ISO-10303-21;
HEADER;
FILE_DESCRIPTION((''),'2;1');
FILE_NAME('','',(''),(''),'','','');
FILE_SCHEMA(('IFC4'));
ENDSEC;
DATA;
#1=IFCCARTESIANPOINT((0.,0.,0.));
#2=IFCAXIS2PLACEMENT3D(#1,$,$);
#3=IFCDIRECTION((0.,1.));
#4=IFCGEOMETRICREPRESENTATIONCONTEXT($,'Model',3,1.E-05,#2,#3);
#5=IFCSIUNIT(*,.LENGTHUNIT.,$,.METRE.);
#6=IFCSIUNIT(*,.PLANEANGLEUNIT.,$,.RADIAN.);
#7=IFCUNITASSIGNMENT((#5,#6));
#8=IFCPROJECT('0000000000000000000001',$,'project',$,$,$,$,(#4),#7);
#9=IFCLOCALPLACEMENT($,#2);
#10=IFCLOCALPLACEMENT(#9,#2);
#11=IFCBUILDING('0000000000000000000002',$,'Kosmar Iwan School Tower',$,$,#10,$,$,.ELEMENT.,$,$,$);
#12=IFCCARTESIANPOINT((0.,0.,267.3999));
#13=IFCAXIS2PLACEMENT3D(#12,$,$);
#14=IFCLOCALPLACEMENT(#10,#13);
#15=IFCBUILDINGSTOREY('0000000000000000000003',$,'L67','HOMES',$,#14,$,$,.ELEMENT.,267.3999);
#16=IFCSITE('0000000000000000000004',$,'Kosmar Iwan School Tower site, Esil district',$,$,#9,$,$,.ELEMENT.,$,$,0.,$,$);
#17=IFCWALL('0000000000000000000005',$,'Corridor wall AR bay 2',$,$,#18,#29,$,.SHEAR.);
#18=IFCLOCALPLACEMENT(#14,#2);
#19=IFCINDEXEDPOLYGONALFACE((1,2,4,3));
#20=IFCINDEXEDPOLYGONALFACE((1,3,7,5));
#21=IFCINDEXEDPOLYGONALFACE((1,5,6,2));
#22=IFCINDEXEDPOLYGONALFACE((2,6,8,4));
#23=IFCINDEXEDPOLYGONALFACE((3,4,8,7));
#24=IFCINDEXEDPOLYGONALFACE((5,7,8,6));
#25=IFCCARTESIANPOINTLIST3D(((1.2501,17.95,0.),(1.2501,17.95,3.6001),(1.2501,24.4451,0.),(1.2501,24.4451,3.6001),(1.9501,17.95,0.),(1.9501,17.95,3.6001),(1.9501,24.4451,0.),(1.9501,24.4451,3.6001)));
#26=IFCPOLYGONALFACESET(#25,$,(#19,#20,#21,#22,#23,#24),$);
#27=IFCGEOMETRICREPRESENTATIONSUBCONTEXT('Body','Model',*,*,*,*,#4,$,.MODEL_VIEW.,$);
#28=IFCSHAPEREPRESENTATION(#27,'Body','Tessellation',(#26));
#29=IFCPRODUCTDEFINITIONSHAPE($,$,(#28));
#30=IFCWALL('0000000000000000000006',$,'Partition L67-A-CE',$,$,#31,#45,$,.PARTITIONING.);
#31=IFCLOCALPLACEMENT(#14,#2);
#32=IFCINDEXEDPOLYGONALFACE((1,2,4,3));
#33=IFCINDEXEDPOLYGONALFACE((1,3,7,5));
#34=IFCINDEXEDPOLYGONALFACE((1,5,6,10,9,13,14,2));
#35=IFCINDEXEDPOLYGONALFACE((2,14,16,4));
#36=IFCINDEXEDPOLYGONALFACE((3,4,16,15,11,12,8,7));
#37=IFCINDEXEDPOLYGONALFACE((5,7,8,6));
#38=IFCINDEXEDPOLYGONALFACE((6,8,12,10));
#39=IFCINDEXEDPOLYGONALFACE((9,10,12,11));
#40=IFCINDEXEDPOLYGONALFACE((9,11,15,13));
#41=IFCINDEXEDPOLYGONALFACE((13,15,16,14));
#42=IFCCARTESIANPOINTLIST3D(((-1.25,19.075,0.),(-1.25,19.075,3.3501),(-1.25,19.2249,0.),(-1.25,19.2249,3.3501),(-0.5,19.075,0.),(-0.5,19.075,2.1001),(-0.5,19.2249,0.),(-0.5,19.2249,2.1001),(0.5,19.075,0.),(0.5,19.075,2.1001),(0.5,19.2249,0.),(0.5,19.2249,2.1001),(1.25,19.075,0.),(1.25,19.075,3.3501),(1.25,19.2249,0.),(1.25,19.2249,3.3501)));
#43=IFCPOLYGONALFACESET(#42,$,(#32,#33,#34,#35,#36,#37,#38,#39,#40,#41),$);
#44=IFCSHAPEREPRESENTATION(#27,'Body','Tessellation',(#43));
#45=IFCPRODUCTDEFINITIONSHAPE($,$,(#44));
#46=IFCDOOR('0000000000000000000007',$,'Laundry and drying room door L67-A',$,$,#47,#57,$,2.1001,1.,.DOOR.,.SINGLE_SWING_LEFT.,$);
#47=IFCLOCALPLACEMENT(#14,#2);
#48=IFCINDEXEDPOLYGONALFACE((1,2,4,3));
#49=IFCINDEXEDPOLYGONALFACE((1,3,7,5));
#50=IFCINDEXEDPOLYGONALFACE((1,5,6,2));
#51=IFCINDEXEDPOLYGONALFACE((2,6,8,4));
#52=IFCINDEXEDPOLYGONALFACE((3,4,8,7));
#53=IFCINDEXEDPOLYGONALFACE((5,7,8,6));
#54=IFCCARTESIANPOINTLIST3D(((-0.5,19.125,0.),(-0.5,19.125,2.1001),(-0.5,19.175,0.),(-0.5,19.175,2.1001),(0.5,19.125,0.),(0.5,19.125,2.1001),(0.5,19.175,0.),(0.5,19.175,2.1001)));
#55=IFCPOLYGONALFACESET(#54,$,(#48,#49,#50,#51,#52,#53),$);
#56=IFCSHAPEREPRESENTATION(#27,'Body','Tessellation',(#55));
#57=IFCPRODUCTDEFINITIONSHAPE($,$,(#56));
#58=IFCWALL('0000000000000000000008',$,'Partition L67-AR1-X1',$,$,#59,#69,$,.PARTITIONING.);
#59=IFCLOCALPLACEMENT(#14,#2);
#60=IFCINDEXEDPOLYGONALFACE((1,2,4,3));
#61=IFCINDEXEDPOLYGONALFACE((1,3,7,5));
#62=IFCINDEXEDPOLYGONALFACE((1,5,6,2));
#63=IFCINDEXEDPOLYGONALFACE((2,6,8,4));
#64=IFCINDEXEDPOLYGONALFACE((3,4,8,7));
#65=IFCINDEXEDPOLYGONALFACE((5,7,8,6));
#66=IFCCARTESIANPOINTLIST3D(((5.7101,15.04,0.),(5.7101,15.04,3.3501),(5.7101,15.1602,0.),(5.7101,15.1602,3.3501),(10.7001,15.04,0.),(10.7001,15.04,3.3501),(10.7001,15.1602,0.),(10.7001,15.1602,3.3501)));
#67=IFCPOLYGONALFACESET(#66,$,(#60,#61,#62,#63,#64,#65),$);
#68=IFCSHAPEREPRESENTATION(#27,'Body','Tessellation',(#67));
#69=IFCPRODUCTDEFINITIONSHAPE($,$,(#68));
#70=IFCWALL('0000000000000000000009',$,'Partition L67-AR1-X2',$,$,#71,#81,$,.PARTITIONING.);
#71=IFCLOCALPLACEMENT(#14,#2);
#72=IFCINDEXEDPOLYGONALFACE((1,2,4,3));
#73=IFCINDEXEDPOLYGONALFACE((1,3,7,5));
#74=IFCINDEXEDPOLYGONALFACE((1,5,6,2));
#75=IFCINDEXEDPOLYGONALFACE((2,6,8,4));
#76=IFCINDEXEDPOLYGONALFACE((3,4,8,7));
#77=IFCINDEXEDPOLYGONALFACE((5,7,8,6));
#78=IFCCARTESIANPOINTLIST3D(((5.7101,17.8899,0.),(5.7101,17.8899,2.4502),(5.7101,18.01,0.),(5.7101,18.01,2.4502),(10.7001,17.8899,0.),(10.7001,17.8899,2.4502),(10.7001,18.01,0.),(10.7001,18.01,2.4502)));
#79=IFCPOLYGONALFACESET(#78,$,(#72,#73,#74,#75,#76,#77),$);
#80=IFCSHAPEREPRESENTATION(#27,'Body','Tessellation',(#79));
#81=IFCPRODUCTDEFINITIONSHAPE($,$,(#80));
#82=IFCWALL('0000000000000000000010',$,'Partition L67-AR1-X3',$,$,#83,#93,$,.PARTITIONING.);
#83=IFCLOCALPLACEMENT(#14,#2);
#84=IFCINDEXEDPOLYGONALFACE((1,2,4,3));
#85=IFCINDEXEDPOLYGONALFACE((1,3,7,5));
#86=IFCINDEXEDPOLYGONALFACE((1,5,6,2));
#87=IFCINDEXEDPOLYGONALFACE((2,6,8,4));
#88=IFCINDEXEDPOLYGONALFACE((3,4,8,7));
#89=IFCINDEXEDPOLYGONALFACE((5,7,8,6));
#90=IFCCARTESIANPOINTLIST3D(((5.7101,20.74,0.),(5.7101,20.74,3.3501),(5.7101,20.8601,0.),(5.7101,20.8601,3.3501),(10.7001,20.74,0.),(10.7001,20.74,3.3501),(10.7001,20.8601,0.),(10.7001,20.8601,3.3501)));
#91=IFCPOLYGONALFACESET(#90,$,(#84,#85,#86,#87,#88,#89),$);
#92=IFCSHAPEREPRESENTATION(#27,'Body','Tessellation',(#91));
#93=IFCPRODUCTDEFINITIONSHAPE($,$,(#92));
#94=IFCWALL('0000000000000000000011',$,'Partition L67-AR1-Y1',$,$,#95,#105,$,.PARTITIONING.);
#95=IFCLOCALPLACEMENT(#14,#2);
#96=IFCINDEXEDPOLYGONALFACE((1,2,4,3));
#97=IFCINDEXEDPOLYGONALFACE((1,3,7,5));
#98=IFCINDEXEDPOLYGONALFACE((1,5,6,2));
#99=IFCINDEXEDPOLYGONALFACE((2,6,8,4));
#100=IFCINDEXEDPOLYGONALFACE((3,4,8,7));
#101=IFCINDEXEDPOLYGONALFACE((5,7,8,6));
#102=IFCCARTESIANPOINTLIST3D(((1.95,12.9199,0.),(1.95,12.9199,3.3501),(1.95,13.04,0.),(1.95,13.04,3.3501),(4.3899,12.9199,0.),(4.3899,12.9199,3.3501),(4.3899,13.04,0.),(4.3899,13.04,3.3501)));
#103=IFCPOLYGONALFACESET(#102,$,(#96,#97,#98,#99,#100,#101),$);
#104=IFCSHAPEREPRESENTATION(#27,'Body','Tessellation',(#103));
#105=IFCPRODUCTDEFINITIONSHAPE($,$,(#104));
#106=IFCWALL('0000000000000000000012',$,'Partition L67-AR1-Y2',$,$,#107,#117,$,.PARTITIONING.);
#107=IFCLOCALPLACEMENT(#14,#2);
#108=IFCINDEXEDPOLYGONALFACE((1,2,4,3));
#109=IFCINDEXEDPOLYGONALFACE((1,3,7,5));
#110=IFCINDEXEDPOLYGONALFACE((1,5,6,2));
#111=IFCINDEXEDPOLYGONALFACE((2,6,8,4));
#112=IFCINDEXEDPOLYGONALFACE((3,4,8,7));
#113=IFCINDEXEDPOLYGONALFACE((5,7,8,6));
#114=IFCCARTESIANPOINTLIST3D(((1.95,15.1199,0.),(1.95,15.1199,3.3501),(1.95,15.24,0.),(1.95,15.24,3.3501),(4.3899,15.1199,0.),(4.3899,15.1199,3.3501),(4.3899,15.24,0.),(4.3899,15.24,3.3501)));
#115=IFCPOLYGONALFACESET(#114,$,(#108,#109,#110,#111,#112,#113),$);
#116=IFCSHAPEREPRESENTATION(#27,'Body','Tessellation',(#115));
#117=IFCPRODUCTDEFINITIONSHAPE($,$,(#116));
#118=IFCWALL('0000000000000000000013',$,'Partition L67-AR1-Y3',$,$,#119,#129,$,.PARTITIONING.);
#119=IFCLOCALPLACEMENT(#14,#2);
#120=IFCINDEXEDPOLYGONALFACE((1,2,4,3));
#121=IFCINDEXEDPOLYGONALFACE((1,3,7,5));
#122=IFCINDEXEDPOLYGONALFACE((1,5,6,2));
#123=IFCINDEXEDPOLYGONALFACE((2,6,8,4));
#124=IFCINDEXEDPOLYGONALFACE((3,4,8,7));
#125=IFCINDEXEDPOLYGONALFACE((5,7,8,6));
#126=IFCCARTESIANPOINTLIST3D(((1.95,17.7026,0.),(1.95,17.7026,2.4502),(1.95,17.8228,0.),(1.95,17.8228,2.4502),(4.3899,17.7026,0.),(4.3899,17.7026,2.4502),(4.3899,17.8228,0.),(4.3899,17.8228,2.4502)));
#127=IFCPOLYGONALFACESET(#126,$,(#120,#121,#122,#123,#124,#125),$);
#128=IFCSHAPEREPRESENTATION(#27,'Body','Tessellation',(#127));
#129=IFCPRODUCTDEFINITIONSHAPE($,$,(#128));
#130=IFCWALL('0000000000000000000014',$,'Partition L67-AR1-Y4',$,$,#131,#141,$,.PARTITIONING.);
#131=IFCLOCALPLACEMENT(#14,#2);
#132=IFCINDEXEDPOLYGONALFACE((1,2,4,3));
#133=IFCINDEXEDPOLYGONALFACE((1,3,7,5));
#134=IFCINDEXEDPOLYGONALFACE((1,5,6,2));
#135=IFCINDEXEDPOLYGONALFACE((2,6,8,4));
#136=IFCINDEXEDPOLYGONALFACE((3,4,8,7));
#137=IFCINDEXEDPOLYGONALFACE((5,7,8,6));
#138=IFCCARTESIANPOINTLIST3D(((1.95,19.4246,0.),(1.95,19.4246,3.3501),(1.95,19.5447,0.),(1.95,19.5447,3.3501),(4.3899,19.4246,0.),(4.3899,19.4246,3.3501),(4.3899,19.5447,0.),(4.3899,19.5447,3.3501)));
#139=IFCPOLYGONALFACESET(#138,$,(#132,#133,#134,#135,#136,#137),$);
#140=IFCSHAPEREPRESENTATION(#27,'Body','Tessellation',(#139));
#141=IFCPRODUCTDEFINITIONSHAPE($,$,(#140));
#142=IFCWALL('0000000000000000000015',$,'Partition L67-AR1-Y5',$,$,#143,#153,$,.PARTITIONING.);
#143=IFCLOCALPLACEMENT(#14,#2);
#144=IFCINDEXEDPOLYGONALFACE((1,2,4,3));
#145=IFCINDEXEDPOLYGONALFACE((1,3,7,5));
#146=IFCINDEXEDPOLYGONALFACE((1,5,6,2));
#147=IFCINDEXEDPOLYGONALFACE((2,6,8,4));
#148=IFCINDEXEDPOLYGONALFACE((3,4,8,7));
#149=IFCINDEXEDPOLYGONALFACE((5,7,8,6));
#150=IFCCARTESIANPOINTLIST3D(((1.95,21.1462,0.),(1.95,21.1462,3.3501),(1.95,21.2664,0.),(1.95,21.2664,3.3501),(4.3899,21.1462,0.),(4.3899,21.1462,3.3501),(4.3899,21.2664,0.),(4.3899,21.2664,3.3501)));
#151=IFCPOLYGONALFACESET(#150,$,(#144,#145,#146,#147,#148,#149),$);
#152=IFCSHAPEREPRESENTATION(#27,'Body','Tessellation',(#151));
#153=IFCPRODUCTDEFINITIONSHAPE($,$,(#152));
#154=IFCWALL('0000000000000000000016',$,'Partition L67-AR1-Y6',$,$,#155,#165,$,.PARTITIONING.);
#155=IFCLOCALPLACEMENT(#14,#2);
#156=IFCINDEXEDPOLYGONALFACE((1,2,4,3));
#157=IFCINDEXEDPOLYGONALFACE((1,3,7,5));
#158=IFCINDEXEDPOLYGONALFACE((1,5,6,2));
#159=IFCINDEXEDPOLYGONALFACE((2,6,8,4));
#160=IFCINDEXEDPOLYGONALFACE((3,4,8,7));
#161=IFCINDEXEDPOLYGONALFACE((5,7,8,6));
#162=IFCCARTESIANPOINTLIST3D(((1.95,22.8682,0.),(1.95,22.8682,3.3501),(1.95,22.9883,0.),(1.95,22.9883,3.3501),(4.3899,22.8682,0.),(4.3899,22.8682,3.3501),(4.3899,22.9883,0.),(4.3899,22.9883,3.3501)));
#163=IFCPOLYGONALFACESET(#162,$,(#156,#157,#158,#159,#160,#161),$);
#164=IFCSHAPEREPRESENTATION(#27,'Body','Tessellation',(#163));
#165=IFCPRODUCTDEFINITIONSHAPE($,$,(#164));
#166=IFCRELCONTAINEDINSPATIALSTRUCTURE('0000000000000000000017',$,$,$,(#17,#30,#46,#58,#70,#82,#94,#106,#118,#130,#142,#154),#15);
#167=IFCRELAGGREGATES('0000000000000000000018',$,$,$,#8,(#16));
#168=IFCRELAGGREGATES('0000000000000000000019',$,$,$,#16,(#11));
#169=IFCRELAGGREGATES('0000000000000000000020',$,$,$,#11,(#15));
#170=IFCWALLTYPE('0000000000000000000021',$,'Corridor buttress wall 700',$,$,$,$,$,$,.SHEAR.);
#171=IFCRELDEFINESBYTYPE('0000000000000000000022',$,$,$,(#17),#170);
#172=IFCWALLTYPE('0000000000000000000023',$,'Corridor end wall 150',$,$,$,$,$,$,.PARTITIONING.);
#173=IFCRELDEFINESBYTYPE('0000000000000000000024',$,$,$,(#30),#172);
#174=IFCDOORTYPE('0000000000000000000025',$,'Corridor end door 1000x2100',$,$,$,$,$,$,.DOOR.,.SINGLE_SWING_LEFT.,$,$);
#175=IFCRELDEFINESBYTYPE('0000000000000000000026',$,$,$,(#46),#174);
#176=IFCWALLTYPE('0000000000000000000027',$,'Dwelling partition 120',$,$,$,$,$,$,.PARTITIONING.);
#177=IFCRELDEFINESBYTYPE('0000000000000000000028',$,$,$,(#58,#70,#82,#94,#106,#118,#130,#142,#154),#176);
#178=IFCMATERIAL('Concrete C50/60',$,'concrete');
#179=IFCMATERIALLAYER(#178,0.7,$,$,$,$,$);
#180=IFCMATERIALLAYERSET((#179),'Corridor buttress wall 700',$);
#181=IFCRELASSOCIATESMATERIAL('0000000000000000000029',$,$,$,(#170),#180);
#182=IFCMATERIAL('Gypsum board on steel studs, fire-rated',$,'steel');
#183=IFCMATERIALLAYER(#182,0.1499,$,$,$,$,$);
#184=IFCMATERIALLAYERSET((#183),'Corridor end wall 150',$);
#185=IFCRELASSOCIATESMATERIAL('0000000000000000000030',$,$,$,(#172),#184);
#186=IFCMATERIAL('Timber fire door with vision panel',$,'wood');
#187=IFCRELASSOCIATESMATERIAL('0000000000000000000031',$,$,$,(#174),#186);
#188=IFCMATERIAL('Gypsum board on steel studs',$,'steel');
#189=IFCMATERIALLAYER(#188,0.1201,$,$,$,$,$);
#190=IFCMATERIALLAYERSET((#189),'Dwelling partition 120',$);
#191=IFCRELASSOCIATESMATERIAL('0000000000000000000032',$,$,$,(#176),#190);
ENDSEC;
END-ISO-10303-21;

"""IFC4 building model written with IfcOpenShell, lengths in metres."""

from ifc_helpers import new_model, si_unit, direction, frame, frame_2d, origin, place, context, subcontext, project, spatial, rectangle, extrude, material, layer, layer_set, type_object, element, fill, save


model = new_model("IFC4")

# Units and contexts
model_context = context("Model", 3, precision=1e-05, world=origin(), true_north=direction((0.0, 1.0)))
body_context = subcontext(model_context, "Body", "Model", "MODEL_VIEW")
ifc_project = project(units=[si_unit("LENGTHUNIT", "METRE"), si_unit("PLANEANGLEUNIT", "RADIAN")], contexts=[model_context])

# Site, building, storey
site_placement = place(None, origin())
site = spatial("IfcSite", under=ifc_project, at=site_placement, Name="Kosmar Iwan School Tower site, Esil district", CompositionType="ELEMENT", RefElevation=0.0)
building_placement = place(site_placement, origin())
building = spatial("IfcBuilding", under=site, at=building_placement, Name="Kosmar Iwan School Tower", CompositionType="ELEMENT")
storey_placement = place(building_placement, frame((0.0, 0.0, 267.3999)))
storey = spatial("IfcBuildingStorey", under=building, at=storey_placement, Name="L67", Description="HOMES", CompositionType="ELEMENT", Elevation=267.3999)

# Wall
ifc_material_1 = material(Name="Concrete C50/60", Category="concrete")
ifc_layer_1 = layer(ifc_material_1, 0.7)
ifc_layer_set_1 = layer_set([ifc_layer_1], Name="Corridor buttress wall 700")
wall_type_1 = type_object("IfcWallType", Name="Corridor buttress wall 700", PredefinedType="SHEAR", material=ifc_layer_set_1)
wall_1_placement = place(storey_placement, frame((1.6001, 17.95, 0.0), z_axis=(0.0, 0.0, 1.0), x_axis=(0.0, 1.0, 0.0)))
element("IfcWall", 1, at=wall_1_placement, inside=storey, type_object=wall_type_1, Name="Corridor wall AR bay 2", PredefinedType="SHEAR", context=body_context, shape_type="SweptSolid", body=[
    extrude(rectangle(XDim=6.4951, YDim=0.7, at=frame_2d((3.2476, 0.0))), origin(), (0.0, 0.0, 1.0), 3.6001),
])

# Wall, opening, door
ifc_material_2 = material(Name="Gypsum board on steel studs, fire-rated", Category="steel")
ifc_layer_2 = layer(ifc_material_2, 0.1499)
ifc_layer_set_2 = layer_set([ifc_layer_2], Name="Corridor end wall 150")
wall_type_2 = type_object("IfcWallType", Name="Corridor end wall 150", PredefinedType="PARTITIONING", material=ifc_layer_set_2)
wall_2_placement = place(storey_placement, frame((1.25, 19.1499, 0.0), z_axis=(0.0, 0.0, 1.0), x_axis=(-1.0, 0.0, 0.0)))
wall_2 = element("IfcWall", 2, at=wall_2_placement, inside=storey, type_object=wall_type_2, Name="Partition L67-A-CE", PredefinedType="PARTITIONING", context=body_context, shape_type="SweptSolid", body=[
    extrude(rectangle(XDim=2.5, YDim=0.1499, at=frame_2d((1.25, 0.0))), origin(), (0.0, 0.0, 1.0), 3.3501),
])
opening_placement = place(wall_2_placement, frame((0.75, 0.0, 0.0)))
opening = element("IfcOpeningElement", 3, at=opening_placement, cuts=wall_2, PredefinedType="OPENING", context=body_context, shape_type="SweptSolid", body=[
    extrude(rectangle(XDim=1.0, YDim=2.1001, at=frame_2d((0.5, 1.05))), frame((0.0, 0.0869, 0.0), z_axis=(0.0, -1.0, 0.0), x_axis=(1.0, 0.0, 0.0)), (0.0, 0.0, 1.0), 0.1738),
])
ifc_material_3 = material(Name="Timber fire door with vision panel", Category="wood")
door_type = type_object("IfcDoorType", Name="Corridor end door 1000x2100", OperationType="SINGLE_SWING_LEFT", PredefinedType="DOOR", material=ifc_material_3)
door_placement = place(opening_placement, origin())
door = element("IfcDoor", 4, at=door_placement, inside=storey, type_object=door_type, Name="Laundry and drying room door L67-A", OperationType="SINGLE_SWING_LEFT", OverallHeight=2.1001, OverallWidth=1.0, PredefinedType="DOOR", context=body_context, shape_type="SweptSolid", body=[
    extrude(rectangle(XDim=1.0, YDim=2.1001, at=frame_2d((0.5, 1.05))), frame((0.0, 0.0249, 0.0), z_axis=(0.0, -1.0, 0.0), x_axis=(1.0, 0.0, 0.0)), (0.0, 0.0, 1.0), 0.05),
])
fill(opening, door)

# Walls
ifc_material_4 = material(Name="Gypsum board on steel studs", Category="steel")
ifc_layer_3 = layer(ifc_material_4, 0.1201)
ifc_layer_set_3 = layer_set([ifc_layer_3], Name="Dwelling partition 120")
wall_type_3 = type_object("IfcWallType", Name="Dwelling partition 120", PredefinedType="PARTITIONING", material=ifc_layer_set_3)
wall_3_placement = place(storey_placement, frame((5.71, 15.1001, 0.0), z_axis=(0.0, 0.0, 1.0), x_axis=(1.0, 0.0, 0.0)))
element("IfcWall", 5, at=wall_3_placement, inside=storey, type_object=wall_type_3, Name="Partition L67-AR1-X1", PredefinedType="PARTITIONING", context=body_context, shape_type="SweptSolid", body=[
    extrude(rectangle(XDim=4.99, YDim=0.1201, at=frame_2d((2.4951, 0.0))), origin(), (0.0, 0.0, 1.0), 3.3501),
])
wall_4_placement = place(storey_placement, frame((5.71, 17.95, 0.0), z_axis=(0.0, 0.0, 1.0), x_axis=(1.0, 0.0, 0.0)))
element("IfcWall", 6, at=wall_4_placement, inside=storey, type_object=wall_type_3, Name="Partition L67-AR1-X2", PredefinedType="PARTITIONING", context=body_context, shape_type="SweptSolid", body=[
    extrude(rectangle(XDim=4.99, YDim=0.1201, at=frame_2d((2.4951, 0.0))), origin(), (0.0, 0.0, 1.0), 2.4502),
])
wall_5_placement = place(storey_placement, frame((5.71, 20.8, 0.0), z_axis=(0.0, 0.0, 1.0), x_axis=(1.0, 0.0, 0.0)))
element("IfcWall", 7, at=wall_5_placement, inside=storey, type_object=wall_type_3, Name="Partition L67-AR1-X3", PredefinedType="PARTITIONING", context=body_context, shape_type="SweptSolid", body=[
    extrude(rectangle(XDim=4.99, YDim=0.1201, at=frame_2d((2.4951, 0.0))), origin(), (0.0, 0.0, 1.0), 3.3501),
])
for number, where, z_axis, x_axis, name in (
    (8, (1.95, 12.98, 0.0), (0.0, 0.0, 1.0), (1.0, 0.0, 0.0), "Partition L67-AR1-Y1"),
    (9, (1.95, 15.1799, 0.0), (0.0, 0.0, 1.0), (1.0, 0.0, 0.0), "Partition L67-AR1-Y2"),
):
    element("IfcWall", number, at=place(storey_placement, frame(where, z_axis=z_axis, x_axis=x_axis)), inside=storey, type_object=wall_type_3, Name=name, PredefinedType="PARTITIONING", context=body_context, shape_type="SweptSolid", body=[
        extrude(rectangle(XDim=2.4399, YDim=0.1201, at=frame_2d((1.22, 0.0))), origin(), (0.0, 0.0, 1.0), 3.3501),
    ])
wall_6_placement = place(storey_placement, frame((1.95, 17.7627, 0.0), z_axis=(0.0, 0.0, 1.0), x_axis=(1.0, 0.0, 0.0)))
element("IfcWall", 10, at=wall_6_placement, inside=storey, type_object=wall_type_3, Name="Partition L67-AR1-Y3", PredefinedType="PARTITIONING", context=body_context, shape_type="SweptSolid", body=[
    extrude(rectangle(XDim=2.4399, YDim=0.1201, at=frame_2d((1.22, 0.0))), origin(), (0.0, 0.0, 1.0), 2.4502),
])
for number, where, z_axis, x_axis, name in (
    (11, (1.95, 19.4846, 0.0), (0.0, 0.0, 1.0), (1.0, 0.0, 0.0), "Partition L67-AR1-Y4"),
    (12, (1.95, 21.2063, 0.0), (0.0, 0.0, 1.0), (1.0, 0.0, 0.0), "Partition L67-AR1-Y5"),
    (13, (1.95, 22.9282, 0.0), (0.0, 0.0, 1.0), (1.0, 0.0, 0.0), "Partition L67-AR1-Y6"),
):
    element("IfcWall", number, at=place(storey_placement, frame(where, z_axis=z_axis, x_axis=x_axis)), inside=storey, type_object=wall_type_3, Name=name, PredefinedType="PARTITIONING", context=body_context, shape_type="SweptSolid", body=[
        extrude(rectangle(XDim=2.4399, YDim=0.1201, at=frame_2d((1.22, 0.0))), origin(), (0.0, 0.0, 1.0), 3.3501),
    ])

save(model, "model.ifc")
